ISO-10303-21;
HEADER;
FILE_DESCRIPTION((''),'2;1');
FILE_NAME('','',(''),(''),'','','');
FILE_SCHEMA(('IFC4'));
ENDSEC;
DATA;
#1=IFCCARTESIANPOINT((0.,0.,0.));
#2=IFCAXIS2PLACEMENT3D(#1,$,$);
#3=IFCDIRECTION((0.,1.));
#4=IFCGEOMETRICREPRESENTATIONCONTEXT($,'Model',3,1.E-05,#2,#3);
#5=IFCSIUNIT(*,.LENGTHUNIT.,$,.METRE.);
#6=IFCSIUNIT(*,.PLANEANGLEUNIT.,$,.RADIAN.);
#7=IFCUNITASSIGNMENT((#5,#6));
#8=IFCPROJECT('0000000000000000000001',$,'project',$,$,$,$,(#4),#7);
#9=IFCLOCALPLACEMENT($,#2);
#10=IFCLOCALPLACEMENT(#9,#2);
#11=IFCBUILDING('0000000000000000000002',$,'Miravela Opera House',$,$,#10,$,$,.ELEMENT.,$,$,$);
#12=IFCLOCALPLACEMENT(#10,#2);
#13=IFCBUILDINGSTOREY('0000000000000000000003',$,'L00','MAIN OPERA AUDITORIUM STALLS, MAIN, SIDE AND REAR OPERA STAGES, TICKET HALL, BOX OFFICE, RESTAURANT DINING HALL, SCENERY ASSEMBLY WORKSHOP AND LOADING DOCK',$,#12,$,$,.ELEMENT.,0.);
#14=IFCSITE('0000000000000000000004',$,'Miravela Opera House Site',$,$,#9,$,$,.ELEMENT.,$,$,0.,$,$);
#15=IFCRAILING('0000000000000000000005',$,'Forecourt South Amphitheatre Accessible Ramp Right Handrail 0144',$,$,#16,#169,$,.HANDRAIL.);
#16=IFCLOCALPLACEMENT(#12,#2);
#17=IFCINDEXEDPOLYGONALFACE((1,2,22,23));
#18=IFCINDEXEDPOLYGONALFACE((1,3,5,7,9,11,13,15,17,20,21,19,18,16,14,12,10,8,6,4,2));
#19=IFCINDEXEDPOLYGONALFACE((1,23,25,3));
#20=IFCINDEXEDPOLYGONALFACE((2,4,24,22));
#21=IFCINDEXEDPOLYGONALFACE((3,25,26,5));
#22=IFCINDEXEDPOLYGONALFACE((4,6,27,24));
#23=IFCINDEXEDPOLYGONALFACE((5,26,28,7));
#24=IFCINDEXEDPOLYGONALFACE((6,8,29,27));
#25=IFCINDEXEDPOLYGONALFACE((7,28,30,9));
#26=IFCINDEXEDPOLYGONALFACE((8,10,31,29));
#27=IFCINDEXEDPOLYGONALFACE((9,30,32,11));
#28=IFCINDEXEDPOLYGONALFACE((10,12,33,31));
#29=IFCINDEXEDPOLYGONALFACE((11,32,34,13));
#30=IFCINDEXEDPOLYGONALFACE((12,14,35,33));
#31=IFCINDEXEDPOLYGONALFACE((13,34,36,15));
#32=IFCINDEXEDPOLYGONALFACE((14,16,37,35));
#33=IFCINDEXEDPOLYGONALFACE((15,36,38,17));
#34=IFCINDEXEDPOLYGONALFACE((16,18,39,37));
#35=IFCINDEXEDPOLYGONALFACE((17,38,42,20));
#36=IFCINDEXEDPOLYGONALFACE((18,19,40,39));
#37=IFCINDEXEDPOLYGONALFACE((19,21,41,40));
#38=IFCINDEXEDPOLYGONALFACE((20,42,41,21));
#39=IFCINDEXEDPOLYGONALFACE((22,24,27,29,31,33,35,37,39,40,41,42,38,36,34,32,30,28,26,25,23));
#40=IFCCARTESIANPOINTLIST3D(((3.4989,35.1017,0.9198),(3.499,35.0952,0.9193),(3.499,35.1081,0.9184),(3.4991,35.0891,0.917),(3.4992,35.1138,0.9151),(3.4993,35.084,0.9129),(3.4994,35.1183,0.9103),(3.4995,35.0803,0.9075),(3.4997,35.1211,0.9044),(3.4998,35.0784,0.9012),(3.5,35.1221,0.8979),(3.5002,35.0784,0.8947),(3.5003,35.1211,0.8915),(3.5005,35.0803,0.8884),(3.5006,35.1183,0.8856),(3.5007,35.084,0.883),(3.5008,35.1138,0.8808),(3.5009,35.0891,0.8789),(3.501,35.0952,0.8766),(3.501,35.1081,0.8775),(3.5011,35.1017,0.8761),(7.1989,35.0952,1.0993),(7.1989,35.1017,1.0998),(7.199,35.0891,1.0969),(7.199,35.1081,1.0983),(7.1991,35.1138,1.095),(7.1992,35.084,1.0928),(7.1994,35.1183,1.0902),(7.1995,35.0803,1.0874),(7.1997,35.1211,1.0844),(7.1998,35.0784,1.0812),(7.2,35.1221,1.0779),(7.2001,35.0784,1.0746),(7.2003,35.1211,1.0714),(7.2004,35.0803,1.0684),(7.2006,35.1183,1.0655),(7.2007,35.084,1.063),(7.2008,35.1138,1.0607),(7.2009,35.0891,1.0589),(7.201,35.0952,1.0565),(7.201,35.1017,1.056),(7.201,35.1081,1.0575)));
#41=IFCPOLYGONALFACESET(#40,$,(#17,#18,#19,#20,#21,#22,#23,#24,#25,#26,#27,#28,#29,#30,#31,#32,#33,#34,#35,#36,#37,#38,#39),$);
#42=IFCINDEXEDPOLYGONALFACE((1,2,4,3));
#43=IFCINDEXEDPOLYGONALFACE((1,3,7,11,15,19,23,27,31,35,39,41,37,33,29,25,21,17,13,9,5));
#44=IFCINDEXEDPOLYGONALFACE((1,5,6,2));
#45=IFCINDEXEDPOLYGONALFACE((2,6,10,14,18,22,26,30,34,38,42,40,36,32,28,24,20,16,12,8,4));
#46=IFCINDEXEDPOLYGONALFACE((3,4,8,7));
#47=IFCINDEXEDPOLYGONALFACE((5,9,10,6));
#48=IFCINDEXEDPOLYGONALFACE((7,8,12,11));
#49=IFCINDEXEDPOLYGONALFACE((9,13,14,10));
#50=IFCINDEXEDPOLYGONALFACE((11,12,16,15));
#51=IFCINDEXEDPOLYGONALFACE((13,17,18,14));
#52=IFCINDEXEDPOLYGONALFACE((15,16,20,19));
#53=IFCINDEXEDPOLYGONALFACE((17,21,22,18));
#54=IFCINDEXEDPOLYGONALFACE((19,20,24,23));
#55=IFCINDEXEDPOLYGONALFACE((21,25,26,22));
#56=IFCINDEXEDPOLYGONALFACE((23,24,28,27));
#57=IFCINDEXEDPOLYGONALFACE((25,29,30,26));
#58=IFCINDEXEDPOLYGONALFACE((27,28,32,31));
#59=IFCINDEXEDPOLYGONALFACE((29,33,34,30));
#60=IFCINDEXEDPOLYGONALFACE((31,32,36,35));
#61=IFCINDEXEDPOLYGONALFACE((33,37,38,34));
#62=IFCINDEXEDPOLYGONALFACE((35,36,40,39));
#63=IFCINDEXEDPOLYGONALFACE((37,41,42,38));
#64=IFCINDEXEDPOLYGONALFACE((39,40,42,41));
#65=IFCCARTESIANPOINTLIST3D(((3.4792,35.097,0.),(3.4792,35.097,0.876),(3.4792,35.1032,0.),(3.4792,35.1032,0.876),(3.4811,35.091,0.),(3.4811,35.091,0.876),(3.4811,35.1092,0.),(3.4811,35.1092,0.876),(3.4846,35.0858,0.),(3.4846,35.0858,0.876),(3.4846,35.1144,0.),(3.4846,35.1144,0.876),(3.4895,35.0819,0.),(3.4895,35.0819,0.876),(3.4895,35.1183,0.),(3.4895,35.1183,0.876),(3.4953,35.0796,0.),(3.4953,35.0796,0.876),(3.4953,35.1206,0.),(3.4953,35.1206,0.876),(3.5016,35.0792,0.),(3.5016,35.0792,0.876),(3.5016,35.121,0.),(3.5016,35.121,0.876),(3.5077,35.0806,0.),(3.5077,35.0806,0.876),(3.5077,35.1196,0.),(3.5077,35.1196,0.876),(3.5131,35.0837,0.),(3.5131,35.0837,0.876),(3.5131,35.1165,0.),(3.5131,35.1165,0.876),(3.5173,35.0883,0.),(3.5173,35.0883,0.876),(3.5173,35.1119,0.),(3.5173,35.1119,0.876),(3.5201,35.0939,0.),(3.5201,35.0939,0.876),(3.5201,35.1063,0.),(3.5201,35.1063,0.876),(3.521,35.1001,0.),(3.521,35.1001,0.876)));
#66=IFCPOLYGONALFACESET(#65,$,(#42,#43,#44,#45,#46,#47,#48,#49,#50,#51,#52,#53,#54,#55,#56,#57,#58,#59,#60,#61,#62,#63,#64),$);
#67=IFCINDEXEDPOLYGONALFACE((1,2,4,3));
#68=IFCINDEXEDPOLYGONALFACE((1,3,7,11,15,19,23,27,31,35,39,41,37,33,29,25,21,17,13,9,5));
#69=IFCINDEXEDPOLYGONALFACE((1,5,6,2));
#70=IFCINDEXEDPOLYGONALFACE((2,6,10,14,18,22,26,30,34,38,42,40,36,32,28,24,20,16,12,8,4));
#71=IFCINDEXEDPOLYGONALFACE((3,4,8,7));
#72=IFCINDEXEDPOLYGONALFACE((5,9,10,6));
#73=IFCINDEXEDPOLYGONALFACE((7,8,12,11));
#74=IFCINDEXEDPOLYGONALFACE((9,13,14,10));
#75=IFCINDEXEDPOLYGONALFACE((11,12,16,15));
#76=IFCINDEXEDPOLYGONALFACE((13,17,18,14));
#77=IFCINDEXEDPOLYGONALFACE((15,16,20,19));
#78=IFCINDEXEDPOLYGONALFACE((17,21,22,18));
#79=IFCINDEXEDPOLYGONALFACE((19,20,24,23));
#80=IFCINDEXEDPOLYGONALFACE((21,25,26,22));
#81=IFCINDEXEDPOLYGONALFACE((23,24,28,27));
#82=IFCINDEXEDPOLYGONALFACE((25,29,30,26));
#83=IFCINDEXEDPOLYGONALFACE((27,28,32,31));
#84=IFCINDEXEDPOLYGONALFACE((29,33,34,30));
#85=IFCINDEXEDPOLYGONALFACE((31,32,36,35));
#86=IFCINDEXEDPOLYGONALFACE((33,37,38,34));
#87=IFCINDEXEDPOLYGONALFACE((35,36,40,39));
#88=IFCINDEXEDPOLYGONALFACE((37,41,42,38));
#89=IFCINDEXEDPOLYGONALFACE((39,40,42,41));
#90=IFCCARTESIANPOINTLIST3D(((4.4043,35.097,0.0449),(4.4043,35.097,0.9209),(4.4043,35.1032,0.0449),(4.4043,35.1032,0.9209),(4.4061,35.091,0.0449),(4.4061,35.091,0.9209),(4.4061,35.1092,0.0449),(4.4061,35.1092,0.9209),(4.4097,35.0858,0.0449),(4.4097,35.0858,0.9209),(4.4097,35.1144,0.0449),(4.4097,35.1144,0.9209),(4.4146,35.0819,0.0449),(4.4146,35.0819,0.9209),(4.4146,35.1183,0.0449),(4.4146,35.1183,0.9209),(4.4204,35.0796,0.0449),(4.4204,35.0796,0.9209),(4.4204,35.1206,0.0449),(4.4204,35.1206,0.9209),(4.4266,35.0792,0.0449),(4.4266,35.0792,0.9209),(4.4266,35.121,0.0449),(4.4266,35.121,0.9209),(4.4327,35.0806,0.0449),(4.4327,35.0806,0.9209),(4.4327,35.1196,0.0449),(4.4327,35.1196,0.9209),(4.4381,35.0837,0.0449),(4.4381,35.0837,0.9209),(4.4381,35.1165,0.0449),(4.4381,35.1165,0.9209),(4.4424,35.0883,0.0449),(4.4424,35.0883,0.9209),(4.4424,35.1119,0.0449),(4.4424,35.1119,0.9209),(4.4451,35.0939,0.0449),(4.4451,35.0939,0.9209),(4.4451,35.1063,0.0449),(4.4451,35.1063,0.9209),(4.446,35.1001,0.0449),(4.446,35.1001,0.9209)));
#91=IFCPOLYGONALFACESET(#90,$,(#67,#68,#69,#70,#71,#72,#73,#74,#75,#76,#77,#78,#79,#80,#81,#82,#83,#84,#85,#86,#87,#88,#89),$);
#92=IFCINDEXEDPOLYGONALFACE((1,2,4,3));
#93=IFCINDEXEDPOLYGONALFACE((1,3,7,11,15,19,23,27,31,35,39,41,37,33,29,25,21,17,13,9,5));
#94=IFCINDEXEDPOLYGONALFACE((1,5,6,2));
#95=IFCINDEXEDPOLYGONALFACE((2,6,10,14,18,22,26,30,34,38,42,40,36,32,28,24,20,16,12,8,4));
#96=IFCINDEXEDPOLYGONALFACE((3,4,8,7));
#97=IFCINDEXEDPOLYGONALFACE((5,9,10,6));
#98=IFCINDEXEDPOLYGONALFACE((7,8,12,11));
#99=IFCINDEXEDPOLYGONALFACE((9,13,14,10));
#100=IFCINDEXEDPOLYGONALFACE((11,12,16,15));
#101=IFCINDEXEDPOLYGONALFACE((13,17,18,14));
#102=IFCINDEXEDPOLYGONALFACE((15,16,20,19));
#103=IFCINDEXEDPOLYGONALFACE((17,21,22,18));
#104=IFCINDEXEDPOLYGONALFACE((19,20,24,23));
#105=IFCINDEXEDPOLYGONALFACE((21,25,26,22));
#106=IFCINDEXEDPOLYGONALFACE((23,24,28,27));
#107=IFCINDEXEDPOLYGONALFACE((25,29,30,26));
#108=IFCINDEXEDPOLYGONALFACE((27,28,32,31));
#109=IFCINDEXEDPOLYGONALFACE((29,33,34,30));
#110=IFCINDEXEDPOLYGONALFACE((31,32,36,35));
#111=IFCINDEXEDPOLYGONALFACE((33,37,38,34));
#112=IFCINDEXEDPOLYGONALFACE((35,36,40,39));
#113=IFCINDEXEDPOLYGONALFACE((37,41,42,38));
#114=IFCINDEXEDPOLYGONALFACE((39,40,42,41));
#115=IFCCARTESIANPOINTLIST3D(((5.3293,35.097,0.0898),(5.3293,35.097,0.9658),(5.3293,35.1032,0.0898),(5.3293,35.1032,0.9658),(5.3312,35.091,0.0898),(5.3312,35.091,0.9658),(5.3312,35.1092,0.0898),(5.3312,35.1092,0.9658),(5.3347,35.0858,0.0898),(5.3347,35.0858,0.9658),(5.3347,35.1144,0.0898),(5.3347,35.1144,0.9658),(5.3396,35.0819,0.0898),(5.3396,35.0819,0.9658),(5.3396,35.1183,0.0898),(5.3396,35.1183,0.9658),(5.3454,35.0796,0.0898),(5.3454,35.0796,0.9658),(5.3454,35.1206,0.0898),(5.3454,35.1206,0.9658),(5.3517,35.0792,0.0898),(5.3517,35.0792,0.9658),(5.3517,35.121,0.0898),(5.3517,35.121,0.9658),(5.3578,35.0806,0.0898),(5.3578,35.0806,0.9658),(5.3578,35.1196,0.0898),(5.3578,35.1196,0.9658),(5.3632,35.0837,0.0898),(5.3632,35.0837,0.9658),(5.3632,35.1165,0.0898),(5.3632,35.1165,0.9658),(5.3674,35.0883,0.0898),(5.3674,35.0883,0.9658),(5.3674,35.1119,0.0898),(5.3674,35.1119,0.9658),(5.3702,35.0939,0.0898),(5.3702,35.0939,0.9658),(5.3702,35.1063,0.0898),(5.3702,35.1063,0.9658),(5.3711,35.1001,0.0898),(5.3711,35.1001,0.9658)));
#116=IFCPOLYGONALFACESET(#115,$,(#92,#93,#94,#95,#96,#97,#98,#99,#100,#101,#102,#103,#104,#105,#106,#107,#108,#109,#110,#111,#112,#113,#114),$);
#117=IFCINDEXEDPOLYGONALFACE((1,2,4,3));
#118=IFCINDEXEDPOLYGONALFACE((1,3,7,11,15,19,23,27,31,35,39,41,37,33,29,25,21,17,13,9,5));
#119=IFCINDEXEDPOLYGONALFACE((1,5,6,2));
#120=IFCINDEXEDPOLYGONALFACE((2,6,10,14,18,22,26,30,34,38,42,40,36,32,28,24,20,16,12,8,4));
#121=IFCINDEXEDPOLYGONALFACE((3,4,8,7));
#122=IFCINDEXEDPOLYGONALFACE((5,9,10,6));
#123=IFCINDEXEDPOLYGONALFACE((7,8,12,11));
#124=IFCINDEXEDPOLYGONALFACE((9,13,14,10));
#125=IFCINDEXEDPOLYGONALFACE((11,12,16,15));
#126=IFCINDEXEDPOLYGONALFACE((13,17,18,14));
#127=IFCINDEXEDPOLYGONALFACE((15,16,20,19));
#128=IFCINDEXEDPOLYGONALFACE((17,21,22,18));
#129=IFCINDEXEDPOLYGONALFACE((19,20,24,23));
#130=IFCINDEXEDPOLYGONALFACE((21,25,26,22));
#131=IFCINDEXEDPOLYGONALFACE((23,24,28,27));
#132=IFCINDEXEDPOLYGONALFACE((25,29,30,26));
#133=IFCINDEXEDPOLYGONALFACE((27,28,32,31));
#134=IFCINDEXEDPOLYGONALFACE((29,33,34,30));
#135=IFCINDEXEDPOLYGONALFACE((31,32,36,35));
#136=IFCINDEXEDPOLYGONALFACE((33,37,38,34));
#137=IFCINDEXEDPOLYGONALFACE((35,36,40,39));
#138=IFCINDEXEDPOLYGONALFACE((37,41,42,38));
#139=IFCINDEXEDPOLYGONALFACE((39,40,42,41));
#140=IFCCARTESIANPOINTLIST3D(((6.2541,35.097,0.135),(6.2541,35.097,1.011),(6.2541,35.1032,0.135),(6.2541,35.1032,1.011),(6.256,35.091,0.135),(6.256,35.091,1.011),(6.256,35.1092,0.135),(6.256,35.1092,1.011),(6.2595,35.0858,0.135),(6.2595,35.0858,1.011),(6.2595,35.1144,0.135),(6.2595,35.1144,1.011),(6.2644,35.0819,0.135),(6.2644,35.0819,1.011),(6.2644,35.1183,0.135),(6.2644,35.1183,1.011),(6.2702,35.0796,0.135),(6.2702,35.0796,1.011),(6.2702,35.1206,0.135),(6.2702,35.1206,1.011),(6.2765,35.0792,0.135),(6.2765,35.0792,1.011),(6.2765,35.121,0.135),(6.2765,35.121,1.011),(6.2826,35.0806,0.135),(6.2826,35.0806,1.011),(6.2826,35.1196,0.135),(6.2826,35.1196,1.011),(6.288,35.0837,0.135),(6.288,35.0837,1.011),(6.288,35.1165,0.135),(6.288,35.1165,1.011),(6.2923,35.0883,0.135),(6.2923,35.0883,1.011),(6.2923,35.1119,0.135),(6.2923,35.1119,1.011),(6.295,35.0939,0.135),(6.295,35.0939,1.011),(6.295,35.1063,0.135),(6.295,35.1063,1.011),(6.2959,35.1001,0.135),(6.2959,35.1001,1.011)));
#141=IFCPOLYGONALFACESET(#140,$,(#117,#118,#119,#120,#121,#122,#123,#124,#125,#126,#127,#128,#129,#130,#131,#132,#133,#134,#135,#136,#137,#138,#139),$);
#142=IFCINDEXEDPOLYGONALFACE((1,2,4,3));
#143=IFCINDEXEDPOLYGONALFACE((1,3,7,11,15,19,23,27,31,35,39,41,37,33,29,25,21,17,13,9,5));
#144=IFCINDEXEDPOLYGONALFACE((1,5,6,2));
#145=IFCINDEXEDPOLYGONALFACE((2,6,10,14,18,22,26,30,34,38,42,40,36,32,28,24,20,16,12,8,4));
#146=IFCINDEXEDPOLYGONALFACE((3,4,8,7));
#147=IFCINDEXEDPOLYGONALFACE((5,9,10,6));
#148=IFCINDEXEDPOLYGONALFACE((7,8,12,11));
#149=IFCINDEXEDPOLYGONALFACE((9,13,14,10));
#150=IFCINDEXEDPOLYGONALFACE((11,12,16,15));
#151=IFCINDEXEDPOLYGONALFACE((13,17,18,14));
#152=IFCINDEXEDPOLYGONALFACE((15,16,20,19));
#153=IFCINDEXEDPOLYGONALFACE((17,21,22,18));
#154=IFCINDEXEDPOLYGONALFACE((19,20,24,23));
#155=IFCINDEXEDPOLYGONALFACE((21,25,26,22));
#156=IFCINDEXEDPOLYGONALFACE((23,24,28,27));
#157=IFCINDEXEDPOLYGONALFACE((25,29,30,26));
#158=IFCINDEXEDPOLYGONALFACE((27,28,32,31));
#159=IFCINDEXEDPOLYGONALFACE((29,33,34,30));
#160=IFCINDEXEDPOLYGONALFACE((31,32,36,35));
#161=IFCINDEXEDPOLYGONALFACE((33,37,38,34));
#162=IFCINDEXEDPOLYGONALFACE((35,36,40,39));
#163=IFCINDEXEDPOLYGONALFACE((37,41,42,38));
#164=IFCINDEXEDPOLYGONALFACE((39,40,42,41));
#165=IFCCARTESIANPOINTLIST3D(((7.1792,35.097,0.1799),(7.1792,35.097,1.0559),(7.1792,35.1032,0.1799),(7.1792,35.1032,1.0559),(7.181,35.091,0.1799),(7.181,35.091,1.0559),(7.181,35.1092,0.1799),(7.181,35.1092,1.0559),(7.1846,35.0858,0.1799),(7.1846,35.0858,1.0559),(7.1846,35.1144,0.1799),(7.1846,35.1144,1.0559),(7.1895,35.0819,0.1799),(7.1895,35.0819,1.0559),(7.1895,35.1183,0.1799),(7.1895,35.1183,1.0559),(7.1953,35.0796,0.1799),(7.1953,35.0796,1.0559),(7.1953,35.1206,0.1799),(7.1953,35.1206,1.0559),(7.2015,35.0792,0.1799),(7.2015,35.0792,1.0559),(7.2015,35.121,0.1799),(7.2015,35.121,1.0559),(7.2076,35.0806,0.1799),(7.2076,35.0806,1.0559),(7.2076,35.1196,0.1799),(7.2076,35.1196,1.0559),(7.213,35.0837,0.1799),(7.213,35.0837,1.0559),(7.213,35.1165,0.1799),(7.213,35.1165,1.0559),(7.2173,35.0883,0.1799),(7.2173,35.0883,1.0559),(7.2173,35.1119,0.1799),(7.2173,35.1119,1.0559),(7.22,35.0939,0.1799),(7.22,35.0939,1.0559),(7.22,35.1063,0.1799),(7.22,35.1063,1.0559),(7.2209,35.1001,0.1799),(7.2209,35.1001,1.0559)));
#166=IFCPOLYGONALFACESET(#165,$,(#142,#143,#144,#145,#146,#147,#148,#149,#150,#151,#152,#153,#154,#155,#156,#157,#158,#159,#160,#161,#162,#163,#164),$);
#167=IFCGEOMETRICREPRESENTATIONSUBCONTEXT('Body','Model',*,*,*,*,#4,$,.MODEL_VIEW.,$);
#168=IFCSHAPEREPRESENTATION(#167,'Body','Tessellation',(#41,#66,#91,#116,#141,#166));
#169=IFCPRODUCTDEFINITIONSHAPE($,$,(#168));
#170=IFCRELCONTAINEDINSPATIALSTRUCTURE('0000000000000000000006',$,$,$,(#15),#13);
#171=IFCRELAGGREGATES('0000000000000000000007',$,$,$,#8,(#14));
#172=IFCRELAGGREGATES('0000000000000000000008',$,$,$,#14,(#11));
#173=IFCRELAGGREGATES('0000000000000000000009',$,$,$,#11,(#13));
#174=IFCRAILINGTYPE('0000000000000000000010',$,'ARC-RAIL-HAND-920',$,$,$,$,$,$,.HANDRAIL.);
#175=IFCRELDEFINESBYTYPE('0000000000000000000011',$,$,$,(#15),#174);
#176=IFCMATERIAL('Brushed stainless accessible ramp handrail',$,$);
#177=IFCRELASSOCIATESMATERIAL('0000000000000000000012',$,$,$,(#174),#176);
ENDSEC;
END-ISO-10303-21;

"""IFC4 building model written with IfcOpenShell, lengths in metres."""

from ifc_helpers import new_model, si_unit, direction, frame, origin, origin_2d, place, context, subcontext, project, spatial, circle, extrude, material, type_object, element, save


model = new_model("IFC4")

# Units and contexts
model_context = context("Model", 3, precision=1e-05, world=origin(), true_north=direction((0.0, 1.0)))
body_context = subcontext(model_context, "Body", "Model", "MODEL_VIEW")
ifc_project = project(units=[si_unit("LENGTHUNIT", "METRE"), si_unit("PLANEANGLEUNIT", "RADIAN")], contexts=[model_context])

# Site, building, storey
site_placement = place(None, origin())
site = spatial("IfcSite", under=ifc_project, at=site_placement, Name="Miravela Opera House Site", CompositionType="ELEMENT", RefElevation=0.0)
building_placement = place(site_placement, origin())
building = spatial("IfcBuilding", under=site, at=building_placement, Name="Miravela Opera House", CompositionType="ELEMENT")
storey_placement = place(building_placement, origin())
storey = spatial("IfcBuildingStorey", under=building, at=storey_placement, Name="L00", Description="MAIN OPERA AUDITORIUM STALLS, MAIN, SIDE AND REAR OPERA STAGES, TICKET HALL, BOX OFFICE, RESTAURANT DINING HALL, SCENERY ASSEMBLY WORKSHOP AND LOADING DOCK", CompositionType="ELEMENT", Elevation=0.0)

# Railing
ifc_material_1 = material(Name="Brushed stainless accessible ramp handrail")
railing_type = type_object("IfcRailingType", Name="ARC-RAIL-HAND-920", PredefinedType="HANDRAIL", material=ifc_material_1)
for number, where, name in (
    (1, (3.5, 35.1001, 0.0), "Forecourt South Amphitheatre Accessible Ramp Right Handrail 0144"),
):
    element("IfcRailing", number, at=place(storey_placement, frame(where)), inside=storey, type_object=railing_type, Name=name, PredefinedType="HANDRAIL", context=body_context, shape_type="SweptSolid", body=[
        extrude(circle(Radius=0.022, at=origin_2d()), frame((0.0, 0.0, 0.8979), z_axis=(0.99882, 0.0, 0.048573), x_axis=(0.0, 1.0, 0.0)), (0.0, 0.0, 1.0), 3.7043),
        extrude(circle(Radius=0.021, at=origin_2d()), origin(), (0.0, 0.0, 1.0), 0.876),
        extrude(circle(Radius=0.021, at=origin_2d()), frame((0.925, 0.0, 0.0449)), (0.0, 0.0, 1.0), 0.876),
        extrude(circle(Radius=0.021, at=origin_2d()), frame((1.8501, 0.0, 0.0898)), (0.0, 0.0, 1.0), 0.876),
        extrude(circle(Radius=0.021, at=origin_2d()), frame((2.7749, 0.0, 0.135)), (0.0, 0.0, 1.0), 0.876),
        extrude(circle(Radius=0.021, at=origin_2d()), frame((3.7, 0.0, 0.1799)), (0.0, 0.0, 1.0), 0.876),
    ])

save(model, "model.ifc")
